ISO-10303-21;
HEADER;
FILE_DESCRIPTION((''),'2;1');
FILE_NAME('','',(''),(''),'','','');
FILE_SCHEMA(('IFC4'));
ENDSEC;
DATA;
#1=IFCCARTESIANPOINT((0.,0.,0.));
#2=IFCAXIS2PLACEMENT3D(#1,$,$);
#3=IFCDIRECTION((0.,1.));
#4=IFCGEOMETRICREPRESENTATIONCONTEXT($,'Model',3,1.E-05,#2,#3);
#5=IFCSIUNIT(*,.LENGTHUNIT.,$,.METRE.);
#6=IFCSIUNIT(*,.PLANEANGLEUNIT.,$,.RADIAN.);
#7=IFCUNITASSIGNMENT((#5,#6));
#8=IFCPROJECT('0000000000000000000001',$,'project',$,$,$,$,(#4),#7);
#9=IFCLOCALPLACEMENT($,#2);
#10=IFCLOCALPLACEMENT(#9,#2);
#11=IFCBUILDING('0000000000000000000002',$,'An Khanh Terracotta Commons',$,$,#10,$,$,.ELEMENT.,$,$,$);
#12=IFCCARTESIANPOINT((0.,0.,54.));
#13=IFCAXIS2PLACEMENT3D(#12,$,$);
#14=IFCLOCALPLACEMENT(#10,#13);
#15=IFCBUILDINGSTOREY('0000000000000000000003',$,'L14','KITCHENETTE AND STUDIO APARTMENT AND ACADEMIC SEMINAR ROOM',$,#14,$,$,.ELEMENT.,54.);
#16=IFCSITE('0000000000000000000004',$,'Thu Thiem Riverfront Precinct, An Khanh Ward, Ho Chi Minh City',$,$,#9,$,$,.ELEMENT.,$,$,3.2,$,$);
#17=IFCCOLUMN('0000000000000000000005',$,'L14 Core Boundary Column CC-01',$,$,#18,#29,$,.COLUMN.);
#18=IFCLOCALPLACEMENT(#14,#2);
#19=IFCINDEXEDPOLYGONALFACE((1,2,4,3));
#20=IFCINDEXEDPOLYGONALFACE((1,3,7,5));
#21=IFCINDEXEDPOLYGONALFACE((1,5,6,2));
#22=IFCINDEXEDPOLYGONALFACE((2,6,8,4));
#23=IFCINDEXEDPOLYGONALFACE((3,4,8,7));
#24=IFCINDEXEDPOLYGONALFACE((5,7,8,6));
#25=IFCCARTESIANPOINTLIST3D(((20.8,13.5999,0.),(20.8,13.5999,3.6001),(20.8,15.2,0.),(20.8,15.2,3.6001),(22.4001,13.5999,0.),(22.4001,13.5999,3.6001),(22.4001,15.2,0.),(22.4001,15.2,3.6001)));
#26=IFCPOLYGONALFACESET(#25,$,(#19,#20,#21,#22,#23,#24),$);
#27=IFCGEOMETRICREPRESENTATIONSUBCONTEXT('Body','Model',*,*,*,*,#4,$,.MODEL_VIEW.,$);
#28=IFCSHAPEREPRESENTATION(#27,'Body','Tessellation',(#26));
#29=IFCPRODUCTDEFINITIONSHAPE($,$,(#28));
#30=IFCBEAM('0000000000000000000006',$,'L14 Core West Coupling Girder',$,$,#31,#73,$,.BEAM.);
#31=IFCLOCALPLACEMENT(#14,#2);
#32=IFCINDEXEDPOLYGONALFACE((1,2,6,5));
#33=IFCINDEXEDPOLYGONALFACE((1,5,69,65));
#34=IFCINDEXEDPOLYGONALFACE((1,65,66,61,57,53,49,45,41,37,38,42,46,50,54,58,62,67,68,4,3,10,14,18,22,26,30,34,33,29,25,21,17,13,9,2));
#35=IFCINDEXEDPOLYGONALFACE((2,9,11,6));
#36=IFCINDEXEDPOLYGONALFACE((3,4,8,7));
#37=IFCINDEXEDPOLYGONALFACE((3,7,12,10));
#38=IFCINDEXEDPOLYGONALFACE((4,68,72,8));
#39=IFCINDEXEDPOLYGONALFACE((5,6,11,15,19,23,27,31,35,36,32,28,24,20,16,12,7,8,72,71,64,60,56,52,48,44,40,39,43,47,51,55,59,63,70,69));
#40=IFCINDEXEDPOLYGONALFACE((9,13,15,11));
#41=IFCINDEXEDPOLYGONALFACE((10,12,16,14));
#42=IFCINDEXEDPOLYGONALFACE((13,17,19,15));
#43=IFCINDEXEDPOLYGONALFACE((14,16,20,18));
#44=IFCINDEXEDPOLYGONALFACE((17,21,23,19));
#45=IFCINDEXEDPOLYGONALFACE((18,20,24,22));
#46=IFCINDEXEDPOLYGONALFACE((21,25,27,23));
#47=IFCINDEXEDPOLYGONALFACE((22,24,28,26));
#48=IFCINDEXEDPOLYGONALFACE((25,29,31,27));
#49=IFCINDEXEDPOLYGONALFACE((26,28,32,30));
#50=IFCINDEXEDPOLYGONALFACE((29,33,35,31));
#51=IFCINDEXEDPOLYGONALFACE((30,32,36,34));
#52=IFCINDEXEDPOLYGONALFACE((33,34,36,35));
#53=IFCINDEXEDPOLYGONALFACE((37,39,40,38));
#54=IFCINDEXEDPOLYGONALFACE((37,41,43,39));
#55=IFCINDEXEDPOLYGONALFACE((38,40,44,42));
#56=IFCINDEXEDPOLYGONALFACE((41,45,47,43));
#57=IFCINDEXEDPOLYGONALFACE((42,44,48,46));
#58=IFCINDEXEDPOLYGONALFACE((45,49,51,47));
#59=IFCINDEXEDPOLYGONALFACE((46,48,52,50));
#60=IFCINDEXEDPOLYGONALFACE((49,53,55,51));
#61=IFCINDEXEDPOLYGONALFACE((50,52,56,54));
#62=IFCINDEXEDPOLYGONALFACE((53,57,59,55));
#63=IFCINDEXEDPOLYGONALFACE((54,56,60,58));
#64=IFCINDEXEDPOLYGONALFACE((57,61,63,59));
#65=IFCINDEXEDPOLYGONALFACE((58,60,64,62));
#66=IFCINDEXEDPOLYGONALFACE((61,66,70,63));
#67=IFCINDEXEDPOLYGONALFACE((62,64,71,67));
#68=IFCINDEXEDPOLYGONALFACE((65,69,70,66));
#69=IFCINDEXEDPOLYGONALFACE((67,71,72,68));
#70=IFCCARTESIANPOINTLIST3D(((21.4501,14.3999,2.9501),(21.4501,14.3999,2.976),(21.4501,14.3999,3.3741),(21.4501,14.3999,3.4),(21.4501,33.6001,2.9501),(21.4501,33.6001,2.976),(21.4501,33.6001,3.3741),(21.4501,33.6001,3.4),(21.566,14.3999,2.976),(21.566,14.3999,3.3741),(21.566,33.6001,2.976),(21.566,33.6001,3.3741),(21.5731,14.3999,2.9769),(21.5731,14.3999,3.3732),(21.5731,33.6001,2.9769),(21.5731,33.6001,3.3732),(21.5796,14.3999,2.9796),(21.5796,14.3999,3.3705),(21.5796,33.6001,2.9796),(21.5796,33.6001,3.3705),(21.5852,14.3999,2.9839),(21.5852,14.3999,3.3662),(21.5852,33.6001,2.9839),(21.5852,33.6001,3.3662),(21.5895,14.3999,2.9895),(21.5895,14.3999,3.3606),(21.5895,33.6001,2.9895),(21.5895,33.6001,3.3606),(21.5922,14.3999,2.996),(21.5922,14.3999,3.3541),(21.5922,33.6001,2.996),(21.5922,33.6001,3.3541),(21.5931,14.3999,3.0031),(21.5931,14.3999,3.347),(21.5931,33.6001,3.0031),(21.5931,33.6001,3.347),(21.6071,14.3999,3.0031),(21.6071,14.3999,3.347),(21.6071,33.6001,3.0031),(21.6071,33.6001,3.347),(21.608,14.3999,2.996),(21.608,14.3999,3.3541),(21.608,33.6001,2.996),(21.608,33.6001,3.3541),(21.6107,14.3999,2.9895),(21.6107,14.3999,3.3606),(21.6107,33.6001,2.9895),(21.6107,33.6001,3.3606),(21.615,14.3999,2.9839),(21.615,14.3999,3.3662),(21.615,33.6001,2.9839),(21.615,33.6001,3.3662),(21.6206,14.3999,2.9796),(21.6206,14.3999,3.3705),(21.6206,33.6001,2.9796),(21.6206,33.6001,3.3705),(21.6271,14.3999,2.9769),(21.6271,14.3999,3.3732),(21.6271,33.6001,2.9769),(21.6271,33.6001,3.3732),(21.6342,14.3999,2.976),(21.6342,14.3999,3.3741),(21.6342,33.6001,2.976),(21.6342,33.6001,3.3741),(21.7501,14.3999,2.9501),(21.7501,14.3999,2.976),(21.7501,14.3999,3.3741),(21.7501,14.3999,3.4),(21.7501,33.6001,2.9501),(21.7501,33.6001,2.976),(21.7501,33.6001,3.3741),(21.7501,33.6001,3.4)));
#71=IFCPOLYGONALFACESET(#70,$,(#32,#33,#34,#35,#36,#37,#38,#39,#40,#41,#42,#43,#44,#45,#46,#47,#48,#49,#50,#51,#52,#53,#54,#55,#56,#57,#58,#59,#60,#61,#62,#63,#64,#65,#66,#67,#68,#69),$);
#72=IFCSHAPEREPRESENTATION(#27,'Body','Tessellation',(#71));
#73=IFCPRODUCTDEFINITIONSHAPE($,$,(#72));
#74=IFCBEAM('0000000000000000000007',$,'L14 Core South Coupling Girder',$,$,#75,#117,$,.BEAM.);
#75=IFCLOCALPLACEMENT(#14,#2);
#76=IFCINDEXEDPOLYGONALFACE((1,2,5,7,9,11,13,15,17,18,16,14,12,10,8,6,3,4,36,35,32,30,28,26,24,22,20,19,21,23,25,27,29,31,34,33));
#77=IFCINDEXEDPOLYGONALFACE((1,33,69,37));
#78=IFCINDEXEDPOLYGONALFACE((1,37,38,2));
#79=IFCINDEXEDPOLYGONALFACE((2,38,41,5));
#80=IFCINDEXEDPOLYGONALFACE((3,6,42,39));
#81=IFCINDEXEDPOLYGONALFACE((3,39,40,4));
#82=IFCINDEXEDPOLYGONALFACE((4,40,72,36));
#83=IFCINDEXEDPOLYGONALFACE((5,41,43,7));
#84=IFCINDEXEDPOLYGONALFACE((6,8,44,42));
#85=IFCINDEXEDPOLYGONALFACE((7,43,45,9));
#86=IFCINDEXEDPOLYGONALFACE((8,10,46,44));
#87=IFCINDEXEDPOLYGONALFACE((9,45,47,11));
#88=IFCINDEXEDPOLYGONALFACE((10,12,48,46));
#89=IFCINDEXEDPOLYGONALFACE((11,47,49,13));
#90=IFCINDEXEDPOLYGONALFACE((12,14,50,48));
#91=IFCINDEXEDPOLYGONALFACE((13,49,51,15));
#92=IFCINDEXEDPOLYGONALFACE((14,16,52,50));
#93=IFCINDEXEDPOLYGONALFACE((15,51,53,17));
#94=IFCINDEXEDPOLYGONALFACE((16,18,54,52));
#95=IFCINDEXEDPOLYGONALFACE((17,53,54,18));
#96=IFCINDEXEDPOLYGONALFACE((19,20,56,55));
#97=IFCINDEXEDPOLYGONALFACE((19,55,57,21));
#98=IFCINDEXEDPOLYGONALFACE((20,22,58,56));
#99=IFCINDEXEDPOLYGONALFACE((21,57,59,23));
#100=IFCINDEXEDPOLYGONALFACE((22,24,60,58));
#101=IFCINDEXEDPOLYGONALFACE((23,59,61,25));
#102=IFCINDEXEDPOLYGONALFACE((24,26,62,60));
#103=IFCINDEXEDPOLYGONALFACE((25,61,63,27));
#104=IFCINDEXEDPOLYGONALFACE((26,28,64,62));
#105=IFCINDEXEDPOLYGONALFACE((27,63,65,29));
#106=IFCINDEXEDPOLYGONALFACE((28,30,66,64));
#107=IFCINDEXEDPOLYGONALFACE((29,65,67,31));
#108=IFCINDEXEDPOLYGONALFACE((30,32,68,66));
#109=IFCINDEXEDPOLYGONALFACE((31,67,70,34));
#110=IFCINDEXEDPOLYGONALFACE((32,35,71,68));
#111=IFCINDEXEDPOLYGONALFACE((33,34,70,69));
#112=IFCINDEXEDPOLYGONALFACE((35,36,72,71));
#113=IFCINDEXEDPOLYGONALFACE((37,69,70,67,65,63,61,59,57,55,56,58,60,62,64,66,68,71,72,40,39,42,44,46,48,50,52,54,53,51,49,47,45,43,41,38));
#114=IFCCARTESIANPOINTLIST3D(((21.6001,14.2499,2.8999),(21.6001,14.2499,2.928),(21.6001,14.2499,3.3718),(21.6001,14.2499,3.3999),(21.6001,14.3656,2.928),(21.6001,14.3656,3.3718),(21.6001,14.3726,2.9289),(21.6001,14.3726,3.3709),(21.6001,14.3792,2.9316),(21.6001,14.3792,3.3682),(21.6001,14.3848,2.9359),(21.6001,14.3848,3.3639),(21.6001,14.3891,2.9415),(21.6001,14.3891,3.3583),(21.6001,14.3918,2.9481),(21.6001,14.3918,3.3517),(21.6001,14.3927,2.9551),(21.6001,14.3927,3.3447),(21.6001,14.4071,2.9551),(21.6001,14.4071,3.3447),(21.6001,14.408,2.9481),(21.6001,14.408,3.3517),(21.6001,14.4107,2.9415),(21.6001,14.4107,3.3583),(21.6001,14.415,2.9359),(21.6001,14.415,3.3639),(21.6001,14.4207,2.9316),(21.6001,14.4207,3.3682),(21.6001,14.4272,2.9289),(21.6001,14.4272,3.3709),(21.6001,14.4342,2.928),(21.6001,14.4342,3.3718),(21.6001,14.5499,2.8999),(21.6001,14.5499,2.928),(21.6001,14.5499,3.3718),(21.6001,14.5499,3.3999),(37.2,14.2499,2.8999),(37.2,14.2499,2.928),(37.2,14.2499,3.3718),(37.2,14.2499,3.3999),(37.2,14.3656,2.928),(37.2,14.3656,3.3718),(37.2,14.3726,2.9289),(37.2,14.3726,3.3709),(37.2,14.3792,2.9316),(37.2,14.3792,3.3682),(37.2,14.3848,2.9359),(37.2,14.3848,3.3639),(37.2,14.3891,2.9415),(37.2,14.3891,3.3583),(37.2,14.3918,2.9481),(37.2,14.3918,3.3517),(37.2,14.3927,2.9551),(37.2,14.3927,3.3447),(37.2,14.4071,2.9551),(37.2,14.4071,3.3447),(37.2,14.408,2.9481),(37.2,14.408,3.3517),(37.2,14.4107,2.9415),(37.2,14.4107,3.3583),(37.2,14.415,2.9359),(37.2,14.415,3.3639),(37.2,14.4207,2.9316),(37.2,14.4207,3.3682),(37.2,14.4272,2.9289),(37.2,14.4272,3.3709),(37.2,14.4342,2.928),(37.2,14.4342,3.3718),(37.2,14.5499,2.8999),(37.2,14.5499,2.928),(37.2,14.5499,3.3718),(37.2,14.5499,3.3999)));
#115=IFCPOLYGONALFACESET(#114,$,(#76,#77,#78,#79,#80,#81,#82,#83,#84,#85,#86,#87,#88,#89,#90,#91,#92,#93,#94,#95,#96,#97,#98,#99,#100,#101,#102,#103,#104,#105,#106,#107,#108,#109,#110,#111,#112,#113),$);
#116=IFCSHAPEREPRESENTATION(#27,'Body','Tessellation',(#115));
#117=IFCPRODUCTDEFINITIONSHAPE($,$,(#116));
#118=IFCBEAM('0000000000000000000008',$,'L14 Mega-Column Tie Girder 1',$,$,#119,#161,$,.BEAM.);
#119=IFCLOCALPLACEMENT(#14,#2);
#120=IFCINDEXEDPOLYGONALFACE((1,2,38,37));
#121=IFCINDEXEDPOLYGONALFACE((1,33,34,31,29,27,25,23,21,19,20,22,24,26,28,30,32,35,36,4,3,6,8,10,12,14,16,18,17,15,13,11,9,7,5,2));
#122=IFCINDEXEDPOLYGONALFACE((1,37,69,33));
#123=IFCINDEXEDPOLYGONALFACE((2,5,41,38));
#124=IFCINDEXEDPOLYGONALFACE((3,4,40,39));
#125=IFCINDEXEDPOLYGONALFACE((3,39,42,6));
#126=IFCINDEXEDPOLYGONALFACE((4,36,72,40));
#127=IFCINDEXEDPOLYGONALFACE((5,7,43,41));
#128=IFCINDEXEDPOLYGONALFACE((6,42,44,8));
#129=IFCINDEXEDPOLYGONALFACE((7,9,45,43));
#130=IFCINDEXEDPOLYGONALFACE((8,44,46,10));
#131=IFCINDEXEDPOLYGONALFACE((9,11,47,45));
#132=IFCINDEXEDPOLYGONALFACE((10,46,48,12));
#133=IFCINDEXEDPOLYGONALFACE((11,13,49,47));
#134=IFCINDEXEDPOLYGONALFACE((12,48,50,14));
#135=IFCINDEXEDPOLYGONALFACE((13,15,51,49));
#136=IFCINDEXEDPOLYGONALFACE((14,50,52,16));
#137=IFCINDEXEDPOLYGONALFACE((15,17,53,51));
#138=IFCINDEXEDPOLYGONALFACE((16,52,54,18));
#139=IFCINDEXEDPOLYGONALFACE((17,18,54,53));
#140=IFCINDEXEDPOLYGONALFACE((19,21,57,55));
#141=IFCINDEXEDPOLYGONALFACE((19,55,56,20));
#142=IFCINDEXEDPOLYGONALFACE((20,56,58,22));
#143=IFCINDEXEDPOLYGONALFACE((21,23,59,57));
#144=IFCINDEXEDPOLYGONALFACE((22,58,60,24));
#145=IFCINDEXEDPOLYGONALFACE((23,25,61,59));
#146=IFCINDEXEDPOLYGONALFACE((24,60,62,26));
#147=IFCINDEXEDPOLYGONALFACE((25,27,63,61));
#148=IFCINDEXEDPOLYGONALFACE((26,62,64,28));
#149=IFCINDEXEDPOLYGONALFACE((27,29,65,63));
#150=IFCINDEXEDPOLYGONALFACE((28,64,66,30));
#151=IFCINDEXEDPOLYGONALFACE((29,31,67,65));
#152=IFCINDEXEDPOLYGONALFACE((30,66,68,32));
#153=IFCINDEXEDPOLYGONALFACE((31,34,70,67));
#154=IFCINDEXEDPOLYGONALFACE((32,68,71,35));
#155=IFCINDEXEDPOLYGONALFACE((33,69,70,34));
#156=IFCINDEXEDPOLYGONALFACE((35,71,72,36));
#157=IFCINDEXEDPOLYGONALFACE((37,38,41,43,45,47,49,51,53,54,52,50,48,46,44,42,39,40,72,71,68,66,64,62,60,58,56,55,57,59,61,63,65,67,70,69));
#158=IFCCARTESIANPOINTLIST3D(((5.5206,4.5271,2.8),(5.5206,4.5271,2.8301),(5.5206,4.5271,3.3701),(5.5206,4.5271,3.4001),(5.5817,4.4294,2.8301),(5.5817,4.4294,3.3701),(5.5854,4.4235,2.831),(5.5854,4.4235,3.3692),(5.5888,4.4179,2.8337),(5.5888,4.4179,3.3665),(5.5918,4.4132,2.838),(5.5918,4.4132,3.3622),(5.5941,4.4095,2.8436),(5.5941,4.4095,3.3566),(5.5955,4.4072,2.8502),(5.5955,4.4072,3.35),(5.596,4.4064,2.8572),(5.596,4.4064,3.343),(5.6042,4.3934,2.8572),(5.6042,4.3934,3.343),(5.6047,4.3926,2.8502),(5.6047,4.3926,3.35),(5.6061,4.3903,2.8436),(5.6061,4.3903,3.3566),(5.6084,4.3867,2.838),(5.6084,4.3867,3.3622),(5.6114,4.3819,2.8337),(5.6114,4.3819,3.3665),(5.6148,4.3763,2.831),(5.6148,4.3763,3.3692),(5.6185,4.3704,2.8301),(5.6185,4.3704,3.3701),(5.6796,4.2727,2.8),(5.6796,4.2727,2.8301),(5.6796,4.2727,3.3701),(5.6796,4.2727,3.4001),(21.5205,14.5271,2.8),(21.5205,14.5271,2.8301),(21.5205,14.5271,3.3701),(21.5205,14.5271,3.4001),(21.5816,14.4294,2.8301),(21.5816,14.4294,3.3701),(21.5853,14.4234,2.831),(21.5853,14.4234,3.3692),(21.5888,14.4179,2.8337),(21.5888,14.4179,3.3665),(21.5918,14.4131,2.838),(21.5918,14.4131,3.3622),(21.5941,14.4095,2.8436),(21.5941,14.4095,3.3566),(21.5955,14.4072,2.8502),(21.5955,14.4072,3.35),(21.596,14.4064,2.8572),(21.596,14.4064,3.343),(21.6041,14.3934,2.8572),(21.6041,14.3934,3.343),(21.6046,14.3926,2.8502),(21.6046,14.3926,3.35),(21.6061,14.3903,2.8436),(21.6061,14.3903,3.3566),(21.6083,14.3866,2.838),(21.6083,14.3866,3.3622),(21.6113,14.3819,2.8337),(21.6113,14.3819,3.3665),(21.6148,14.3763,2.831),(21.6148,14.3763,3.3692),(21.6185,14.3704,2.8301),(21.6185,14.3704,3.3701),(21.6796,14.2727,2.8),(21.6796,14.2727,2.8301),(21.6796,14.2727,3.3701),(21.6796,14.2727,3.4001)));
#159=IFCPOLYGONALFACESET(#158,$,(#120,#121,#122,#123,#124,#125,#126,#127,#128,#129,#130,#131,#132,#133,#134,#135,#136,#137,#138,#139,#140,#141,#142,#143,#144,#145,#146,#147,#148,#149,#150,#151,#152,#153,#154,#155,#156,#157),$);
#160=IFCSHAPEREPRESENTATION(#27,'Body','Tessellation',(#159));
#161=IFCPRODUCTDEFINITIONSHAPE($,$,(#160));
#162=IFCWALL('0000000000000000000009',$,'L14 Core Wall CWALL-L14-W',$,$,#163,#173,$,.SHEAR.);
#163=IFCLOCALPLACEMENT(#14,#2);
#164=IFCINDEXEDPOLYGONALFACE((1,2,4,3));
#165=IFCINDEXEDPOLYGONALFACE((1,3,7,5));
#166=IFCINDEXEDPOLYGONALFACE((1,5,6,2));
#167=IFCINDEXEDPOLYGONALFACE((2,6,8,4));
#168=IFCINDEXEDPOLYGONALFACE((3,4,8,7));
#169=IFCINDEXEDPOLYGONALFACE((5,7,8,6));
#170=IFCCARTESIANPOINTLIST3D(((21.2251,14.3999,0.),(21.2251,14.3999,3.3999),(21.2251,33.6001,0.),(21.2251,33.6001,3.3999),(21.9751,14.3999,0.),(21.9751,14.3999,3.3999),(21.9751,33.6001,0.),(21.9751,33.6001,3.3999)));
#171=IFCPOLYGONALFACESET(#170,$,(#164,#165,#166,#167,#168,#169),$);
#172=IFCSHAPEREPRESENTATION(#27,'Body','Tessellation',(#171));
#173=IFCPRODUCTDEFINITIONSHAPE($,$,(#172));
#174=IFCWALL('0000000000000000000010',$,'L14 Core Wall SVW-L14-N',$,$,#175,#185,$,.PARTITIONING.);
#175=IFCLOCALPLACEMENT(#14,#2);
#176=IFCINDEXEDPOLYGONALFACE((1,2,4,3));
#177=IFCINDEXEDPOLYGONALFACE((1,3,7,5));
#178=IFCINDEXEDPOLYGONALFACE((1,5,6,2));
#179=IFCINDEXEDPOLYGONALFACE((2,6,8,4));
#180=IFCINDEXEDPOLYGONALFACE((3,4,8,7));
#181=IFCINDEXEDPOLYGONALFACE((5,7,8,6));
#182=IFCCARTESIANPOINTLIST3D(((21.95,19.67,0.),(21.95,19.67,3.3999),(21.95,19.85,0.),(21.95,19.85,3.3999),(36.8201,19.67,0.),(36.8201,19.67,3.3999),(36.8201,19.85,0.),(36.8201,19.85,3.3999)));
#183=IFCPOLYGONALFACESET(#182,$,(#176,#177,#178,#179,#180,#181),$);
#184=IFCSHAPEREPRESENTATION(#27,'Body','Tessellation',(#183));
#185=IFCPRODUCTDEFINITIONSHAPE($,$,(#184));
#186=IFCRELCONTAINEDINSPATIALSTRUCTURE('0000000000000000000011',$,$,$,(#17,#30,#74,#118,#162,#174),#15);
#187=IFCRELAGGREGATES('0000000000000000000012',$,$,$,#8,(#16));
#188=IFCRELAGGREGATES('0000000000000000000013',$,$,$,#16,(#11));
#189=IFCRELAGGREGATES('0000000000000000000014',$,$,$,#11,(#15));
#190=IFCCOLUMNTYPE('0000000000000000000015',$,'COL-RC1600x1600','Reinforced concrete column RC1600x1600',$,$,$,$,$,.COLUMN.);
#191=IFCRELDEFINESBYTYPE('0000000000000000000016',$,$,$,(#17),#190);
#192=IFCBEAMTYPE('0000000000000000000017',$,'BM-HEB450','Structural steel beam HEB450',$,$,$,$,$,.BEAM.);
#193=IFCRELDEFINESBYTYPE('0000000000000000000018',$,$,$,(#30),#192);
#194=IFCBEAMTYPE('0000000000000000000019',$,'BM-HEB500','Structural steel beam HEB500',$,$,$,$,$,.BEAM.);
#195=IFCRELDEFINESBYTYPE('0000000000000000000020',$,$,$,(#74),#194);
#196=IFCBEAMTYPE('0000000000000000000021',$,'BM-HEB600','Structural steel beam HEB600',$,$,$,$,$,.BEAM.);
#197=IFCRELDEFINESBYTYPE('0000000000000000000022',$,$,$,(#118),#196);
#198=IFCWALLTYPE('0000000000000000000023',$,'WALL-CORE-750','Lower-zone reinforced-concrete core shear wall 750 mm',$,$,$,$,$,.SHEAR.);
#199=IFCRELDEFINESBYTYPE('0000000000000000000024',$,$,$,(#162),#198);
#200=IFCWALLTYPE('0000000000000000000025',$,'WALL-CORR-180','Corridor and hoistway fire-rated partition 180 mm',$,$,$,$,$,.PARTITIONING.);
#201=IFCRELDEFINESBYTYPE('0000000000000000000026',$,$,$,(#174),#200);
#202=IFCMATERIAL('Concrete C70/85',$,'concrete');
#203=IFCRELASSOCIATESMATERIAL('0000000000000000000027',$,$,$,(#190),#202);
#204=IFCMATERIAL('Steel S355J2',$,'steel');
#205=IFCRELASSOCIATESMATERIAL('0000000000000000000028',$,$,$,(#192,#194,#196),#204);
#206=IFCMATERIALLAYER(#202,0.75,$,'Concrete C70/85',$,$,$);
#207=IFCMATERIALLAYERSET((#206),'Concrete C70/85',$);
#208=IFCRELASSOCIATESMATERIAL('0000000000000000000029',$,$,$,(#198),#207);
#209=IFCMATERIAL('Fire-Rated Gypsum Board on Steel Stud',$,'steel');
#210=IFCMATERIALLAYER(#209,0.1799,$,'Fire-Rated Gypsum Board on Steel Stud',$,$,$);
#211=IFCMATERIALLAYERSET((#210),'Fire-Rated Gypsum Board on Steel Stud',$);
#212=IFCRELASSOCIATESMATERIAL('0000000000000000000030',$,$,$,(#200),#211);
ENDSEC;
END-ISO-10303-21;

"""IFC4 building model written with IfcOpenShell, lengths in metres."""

from ifc_helpers import new_model, si_unit, direction, frame, frame_2d, origin, origin_2d, place, context, subcontext, project, spatial, rectangle, i_section, extrude, material, layer, layer_set, material_profile, profile_set, type_object, element, save


model = new_model("IFC4")

# Units and contexts
model_context = context("Model", 3, precision=1e-05, world=origin(), true_north=direction((0.0, 1.0)))
body_context = subcontext(model_context, "Body", "Model", "MODEL_VIEW")
ifc_project = project(units=[si_unit("LENGTHUNIT", "METRE"), si_unit("PLANEANGLEUNIT", "RADIAN")], contexts=[model_context])

# Site, building, storey
site_placement = place(None, origin())
site = spatial("IfcSite", under=ifc_project, at=site_placement, Name="Thu Thiem Riverfront Precinct, An Khanh Ward, Ho Chi Minh City", CompositionType="ELEMENT", RefElevation=3.2)
building_placement = place(site_placement, origin())
building = spatial("IfcBuilding", under=site, at=building_placement, Name="An Khanh Terracotta Commons", CompositionType="ELEMENT")
storey_placement = place(building_placement, frame((0.0, 0.0, 54.0)))
storey = spatial("IfcBuildingStorey", under=building, at=storey_placement, Name="L14", Description="KITCHENETTE AND STUDIO APARTMENT AND ACADEMIC SEMINAR ROOM", CompositionType="ELEMENT", Elevation=54.0)

# Column
ifc_material_1 = material(Name="Concrete C70/85", Category="concrete")
ifc_material_profile_1 = material_profile(ifc_material_1, rectangle(XDim=1.6001, YDim=1.6001, at=origin_2d()), Name="RC1600x1600")
ifc_profile_set_1 = profile_set([ifc_material_profile_1], Name="Concrete C70/85")
column_type = type_object("IfcColumnType", Name="COL-RC1600x1600", Description="Reinforced concrete column RC1600x1600", PredefinedType="COLUMN", material=ifc_profile_set_1)
column_placement = place(storey_placement, frame((21.6001, 14.3999, 0.0), z_axis=(0.0, 0.0, 1.0), x_axis=(1.0, 0.0, 0.0)))
element("IfcColumn", 1, at=column_placement, inside=storey, type_object=column_type, Name="L14 Core Boundary Column CC-01", PredefinedType="COLUMN", context=body_context, shape_type="SweptSolid", body=[
    extrude(rectangle(XDim=1.6001, YDim=1.6001, at=origin_2d()), origin(), (0.0, 0.0, 1.0), 3.6001),
])

# Beams
ifc_material_2 = material(Name="Steel S355J2", Category="steel")
ifc_material_profile_2 = material_profile(ifc_material_2, i_section(OverallWidth=0.3, OverallDepth=0.45, WebThickness=0.0139, FlangeThickness=0.0259, FilletRadius=0.0271, at=origin_2d()), Name="HEB450")
ifc_profile_set_2 = profile_set([ifc_material_profile_2], Name="Steel S355J2")
beam_type_1 = type_object("IfcBeamType", Name="BM-HEB450", Description="Structural steel beam HEB450", PredefinedType="BEAM", material=ifc_profile_set_2)
beam_1_placement = place(storey_placement, frame((21.6001, 14.3999, 3.175), z_axis=(0.0, 1.0, 0.0), x_axis=(-1.0, 0.0, 0.0)))
element("IfcBeam", 2, at=beam_1_placement, inside=storey, type_object=beam_type_1, Name="L14 Core West Coupling Girder", PredefinedType="BEAM", context=body_context, shape_type="SweptSolid", body=[
    extrude(i_section(OverallWidth=0.3, OverallDepth=0.45, WebThickness=0.0139, FlangeThickness=0.0259, FilletRadius=0.0271, at=origin_2d()), origin(), (0.0, 0.0, 1.0), 19.2002),
])
ifc_material_profile_3 = material_profile(ifc_material_2, i_section(OverallWidth=0.3, OverallDepth=0.5, WebThickness=0.0144, FlangeThickness=0.0281, FilletRadius=0.0271, at=origin_2d()), Name="HEB500")
ifc_profile_set_3 = profile_set([ifc_material_profile_3], Name="Steel S355J2")
beam_type_2 = type_object("IfcBeamType", Name="BM-HEB500", Description="Structural steel beam HEB500", PredefinedType="BEAM", material=ifc_profile_set_3)
beam_2_placement = place(storey_placement, frame((21.6001, 14.3999, 3.1499), z_axis=(1.0, 0.0, 0.0), x_axis=(0.0, 1.0, 0.0)))
element("IfcBeam", 3, at=beam_2_placement, inside=storey, type_object=beam_type_2, Name="L14 Core South Coupling Girder", PredefinedType="BEAM", context=body_context, shape_type="SweptSolid", body=[
    extrude(i_section(OverallWidth=0.3, OverallDepth=0.5, WebThickness=0.0144, FlangeThickness=0.0281, FilletRadius=0.0271, at=origin_2d()), origin(), (0.0, 0.0, 1.0), 15.5999),
])
ifc_material_profile_4 = material_profile(ifc_material_2, i_section(OverallWidth=0.3, OverallDepth=0.6001, WebThickness=0.0154, FlangeThickness=0.03, FilletRadius=0.0271, at=origin_2d()), Name="HEB600")
ifc_profile_set_4 = profile_set([ifc_material_profile_4], Name="Steel S355J2")
beam_type_3 = type_object("IfcBeamType", Name="BM-HEB600", Description="Structural steel beam HEB600", PredefinedType="BEAM", material=ifc_profile_set_4)
beam_3_placement = place(storey_placement, frame((5.6001, 4.3999, 3.1001), z_axis=(0.847998, 0.529999, 0.0), x_axis=(-0.529999, 0.847998, 0.0)))
element("IfcBeam", 4, at=beam_3_placement, inside=storey, type_object=beam_type_3, Name="L14 Mega-Column Tie Girder 1", PredefinedType="BEAM", context=body_context, shape_type="SweptSolid", body=[
    extrude(i_section(OverallWidth=0.3, OverallDepth=0.6001, WebThickness=0.0154, FlangeThickness=0.03, FilletRadius=0.0271, at=origin_2d()), origin(), (0.0, 0.0, 1.0), 18.8679),
])

# Walls
ifc_layer_1 = layer(ifc_material_1, 0.75, Name="Concrete C70/85")
ifc_layer_set_1 = layer_set([ifc_layer_1], Name="Concrete C70/85")
wall_type_1 = type_object("IfcWallType", Name="WALL-CORE-750", Description="Lower-zone reinforced-concrete core shear wall 750 mm", PredefinedType="SHEAR", material=ifc_layer_set_1)
wall_1_placement = place(storey_placement, frame((21.6001, 14.3999, 0.0), z_axis=(0.0, 0.0, 1.0), x_axis=(0.0, 1.0, 0.0)))
element("IfcWall", 5, at=wall_1_placement, inside=storey, type_object=wall_type_1, Name="L14 Core Wall CWALL-L14-W", PredefinedType="SHEAR", context=body_context, shape_type="SweptSolid", body=[
    extrude(rectangle(XDim=19.2002, YDim=0.75, at=frame_2d((9.6001, 0.0))), origin(), (0.0, 0.0, 1.0), 3.3999),
])
ifc_material_3 = material(Name="Fire-Rated Gypsum Board on Steel Stud", Category="steel")
ifc_layer_2 = layer(ifc_material_3, 0.1799, Name="Fire-Rated Gypsum Board on Steel Stud")
ifc_layer_set_2 = layer_set([ifc_layer_2], Name="Fire-Rated Gypsum Board on Steel Stud")
wall_type_2 = type_object("IfcWallType", Name="WALL-CORR-180", Description="Corridor and hoistway fire-rated partition 180 mm", PredefinedType="PARTITIONING", material=ifc_layer_set_2)
wall_2_placement = place(storey_placement, frame((21.95, 19.76, 0.0), z_axis=(0.0, 0.0, 1.0), x_axis=(1.0, 0.0, 0.0)))
element("IfcWall", 6, at=wall_2_placement, inside=storey, type_object=wall_type_2, Name="L14 Core Wall SVW-L14-N", PredefinedType="PARTITIONING", context=body_context, shape_type="SweptSolid", body=[
    extrude(rectangle(XDim=14.8701, YDim=0.1799, at=frame_2d((7.4351, 0.0))), origin(), (0.0, 0.0, 1.0), 3.3999),
])

save(model, "model.ifc")
